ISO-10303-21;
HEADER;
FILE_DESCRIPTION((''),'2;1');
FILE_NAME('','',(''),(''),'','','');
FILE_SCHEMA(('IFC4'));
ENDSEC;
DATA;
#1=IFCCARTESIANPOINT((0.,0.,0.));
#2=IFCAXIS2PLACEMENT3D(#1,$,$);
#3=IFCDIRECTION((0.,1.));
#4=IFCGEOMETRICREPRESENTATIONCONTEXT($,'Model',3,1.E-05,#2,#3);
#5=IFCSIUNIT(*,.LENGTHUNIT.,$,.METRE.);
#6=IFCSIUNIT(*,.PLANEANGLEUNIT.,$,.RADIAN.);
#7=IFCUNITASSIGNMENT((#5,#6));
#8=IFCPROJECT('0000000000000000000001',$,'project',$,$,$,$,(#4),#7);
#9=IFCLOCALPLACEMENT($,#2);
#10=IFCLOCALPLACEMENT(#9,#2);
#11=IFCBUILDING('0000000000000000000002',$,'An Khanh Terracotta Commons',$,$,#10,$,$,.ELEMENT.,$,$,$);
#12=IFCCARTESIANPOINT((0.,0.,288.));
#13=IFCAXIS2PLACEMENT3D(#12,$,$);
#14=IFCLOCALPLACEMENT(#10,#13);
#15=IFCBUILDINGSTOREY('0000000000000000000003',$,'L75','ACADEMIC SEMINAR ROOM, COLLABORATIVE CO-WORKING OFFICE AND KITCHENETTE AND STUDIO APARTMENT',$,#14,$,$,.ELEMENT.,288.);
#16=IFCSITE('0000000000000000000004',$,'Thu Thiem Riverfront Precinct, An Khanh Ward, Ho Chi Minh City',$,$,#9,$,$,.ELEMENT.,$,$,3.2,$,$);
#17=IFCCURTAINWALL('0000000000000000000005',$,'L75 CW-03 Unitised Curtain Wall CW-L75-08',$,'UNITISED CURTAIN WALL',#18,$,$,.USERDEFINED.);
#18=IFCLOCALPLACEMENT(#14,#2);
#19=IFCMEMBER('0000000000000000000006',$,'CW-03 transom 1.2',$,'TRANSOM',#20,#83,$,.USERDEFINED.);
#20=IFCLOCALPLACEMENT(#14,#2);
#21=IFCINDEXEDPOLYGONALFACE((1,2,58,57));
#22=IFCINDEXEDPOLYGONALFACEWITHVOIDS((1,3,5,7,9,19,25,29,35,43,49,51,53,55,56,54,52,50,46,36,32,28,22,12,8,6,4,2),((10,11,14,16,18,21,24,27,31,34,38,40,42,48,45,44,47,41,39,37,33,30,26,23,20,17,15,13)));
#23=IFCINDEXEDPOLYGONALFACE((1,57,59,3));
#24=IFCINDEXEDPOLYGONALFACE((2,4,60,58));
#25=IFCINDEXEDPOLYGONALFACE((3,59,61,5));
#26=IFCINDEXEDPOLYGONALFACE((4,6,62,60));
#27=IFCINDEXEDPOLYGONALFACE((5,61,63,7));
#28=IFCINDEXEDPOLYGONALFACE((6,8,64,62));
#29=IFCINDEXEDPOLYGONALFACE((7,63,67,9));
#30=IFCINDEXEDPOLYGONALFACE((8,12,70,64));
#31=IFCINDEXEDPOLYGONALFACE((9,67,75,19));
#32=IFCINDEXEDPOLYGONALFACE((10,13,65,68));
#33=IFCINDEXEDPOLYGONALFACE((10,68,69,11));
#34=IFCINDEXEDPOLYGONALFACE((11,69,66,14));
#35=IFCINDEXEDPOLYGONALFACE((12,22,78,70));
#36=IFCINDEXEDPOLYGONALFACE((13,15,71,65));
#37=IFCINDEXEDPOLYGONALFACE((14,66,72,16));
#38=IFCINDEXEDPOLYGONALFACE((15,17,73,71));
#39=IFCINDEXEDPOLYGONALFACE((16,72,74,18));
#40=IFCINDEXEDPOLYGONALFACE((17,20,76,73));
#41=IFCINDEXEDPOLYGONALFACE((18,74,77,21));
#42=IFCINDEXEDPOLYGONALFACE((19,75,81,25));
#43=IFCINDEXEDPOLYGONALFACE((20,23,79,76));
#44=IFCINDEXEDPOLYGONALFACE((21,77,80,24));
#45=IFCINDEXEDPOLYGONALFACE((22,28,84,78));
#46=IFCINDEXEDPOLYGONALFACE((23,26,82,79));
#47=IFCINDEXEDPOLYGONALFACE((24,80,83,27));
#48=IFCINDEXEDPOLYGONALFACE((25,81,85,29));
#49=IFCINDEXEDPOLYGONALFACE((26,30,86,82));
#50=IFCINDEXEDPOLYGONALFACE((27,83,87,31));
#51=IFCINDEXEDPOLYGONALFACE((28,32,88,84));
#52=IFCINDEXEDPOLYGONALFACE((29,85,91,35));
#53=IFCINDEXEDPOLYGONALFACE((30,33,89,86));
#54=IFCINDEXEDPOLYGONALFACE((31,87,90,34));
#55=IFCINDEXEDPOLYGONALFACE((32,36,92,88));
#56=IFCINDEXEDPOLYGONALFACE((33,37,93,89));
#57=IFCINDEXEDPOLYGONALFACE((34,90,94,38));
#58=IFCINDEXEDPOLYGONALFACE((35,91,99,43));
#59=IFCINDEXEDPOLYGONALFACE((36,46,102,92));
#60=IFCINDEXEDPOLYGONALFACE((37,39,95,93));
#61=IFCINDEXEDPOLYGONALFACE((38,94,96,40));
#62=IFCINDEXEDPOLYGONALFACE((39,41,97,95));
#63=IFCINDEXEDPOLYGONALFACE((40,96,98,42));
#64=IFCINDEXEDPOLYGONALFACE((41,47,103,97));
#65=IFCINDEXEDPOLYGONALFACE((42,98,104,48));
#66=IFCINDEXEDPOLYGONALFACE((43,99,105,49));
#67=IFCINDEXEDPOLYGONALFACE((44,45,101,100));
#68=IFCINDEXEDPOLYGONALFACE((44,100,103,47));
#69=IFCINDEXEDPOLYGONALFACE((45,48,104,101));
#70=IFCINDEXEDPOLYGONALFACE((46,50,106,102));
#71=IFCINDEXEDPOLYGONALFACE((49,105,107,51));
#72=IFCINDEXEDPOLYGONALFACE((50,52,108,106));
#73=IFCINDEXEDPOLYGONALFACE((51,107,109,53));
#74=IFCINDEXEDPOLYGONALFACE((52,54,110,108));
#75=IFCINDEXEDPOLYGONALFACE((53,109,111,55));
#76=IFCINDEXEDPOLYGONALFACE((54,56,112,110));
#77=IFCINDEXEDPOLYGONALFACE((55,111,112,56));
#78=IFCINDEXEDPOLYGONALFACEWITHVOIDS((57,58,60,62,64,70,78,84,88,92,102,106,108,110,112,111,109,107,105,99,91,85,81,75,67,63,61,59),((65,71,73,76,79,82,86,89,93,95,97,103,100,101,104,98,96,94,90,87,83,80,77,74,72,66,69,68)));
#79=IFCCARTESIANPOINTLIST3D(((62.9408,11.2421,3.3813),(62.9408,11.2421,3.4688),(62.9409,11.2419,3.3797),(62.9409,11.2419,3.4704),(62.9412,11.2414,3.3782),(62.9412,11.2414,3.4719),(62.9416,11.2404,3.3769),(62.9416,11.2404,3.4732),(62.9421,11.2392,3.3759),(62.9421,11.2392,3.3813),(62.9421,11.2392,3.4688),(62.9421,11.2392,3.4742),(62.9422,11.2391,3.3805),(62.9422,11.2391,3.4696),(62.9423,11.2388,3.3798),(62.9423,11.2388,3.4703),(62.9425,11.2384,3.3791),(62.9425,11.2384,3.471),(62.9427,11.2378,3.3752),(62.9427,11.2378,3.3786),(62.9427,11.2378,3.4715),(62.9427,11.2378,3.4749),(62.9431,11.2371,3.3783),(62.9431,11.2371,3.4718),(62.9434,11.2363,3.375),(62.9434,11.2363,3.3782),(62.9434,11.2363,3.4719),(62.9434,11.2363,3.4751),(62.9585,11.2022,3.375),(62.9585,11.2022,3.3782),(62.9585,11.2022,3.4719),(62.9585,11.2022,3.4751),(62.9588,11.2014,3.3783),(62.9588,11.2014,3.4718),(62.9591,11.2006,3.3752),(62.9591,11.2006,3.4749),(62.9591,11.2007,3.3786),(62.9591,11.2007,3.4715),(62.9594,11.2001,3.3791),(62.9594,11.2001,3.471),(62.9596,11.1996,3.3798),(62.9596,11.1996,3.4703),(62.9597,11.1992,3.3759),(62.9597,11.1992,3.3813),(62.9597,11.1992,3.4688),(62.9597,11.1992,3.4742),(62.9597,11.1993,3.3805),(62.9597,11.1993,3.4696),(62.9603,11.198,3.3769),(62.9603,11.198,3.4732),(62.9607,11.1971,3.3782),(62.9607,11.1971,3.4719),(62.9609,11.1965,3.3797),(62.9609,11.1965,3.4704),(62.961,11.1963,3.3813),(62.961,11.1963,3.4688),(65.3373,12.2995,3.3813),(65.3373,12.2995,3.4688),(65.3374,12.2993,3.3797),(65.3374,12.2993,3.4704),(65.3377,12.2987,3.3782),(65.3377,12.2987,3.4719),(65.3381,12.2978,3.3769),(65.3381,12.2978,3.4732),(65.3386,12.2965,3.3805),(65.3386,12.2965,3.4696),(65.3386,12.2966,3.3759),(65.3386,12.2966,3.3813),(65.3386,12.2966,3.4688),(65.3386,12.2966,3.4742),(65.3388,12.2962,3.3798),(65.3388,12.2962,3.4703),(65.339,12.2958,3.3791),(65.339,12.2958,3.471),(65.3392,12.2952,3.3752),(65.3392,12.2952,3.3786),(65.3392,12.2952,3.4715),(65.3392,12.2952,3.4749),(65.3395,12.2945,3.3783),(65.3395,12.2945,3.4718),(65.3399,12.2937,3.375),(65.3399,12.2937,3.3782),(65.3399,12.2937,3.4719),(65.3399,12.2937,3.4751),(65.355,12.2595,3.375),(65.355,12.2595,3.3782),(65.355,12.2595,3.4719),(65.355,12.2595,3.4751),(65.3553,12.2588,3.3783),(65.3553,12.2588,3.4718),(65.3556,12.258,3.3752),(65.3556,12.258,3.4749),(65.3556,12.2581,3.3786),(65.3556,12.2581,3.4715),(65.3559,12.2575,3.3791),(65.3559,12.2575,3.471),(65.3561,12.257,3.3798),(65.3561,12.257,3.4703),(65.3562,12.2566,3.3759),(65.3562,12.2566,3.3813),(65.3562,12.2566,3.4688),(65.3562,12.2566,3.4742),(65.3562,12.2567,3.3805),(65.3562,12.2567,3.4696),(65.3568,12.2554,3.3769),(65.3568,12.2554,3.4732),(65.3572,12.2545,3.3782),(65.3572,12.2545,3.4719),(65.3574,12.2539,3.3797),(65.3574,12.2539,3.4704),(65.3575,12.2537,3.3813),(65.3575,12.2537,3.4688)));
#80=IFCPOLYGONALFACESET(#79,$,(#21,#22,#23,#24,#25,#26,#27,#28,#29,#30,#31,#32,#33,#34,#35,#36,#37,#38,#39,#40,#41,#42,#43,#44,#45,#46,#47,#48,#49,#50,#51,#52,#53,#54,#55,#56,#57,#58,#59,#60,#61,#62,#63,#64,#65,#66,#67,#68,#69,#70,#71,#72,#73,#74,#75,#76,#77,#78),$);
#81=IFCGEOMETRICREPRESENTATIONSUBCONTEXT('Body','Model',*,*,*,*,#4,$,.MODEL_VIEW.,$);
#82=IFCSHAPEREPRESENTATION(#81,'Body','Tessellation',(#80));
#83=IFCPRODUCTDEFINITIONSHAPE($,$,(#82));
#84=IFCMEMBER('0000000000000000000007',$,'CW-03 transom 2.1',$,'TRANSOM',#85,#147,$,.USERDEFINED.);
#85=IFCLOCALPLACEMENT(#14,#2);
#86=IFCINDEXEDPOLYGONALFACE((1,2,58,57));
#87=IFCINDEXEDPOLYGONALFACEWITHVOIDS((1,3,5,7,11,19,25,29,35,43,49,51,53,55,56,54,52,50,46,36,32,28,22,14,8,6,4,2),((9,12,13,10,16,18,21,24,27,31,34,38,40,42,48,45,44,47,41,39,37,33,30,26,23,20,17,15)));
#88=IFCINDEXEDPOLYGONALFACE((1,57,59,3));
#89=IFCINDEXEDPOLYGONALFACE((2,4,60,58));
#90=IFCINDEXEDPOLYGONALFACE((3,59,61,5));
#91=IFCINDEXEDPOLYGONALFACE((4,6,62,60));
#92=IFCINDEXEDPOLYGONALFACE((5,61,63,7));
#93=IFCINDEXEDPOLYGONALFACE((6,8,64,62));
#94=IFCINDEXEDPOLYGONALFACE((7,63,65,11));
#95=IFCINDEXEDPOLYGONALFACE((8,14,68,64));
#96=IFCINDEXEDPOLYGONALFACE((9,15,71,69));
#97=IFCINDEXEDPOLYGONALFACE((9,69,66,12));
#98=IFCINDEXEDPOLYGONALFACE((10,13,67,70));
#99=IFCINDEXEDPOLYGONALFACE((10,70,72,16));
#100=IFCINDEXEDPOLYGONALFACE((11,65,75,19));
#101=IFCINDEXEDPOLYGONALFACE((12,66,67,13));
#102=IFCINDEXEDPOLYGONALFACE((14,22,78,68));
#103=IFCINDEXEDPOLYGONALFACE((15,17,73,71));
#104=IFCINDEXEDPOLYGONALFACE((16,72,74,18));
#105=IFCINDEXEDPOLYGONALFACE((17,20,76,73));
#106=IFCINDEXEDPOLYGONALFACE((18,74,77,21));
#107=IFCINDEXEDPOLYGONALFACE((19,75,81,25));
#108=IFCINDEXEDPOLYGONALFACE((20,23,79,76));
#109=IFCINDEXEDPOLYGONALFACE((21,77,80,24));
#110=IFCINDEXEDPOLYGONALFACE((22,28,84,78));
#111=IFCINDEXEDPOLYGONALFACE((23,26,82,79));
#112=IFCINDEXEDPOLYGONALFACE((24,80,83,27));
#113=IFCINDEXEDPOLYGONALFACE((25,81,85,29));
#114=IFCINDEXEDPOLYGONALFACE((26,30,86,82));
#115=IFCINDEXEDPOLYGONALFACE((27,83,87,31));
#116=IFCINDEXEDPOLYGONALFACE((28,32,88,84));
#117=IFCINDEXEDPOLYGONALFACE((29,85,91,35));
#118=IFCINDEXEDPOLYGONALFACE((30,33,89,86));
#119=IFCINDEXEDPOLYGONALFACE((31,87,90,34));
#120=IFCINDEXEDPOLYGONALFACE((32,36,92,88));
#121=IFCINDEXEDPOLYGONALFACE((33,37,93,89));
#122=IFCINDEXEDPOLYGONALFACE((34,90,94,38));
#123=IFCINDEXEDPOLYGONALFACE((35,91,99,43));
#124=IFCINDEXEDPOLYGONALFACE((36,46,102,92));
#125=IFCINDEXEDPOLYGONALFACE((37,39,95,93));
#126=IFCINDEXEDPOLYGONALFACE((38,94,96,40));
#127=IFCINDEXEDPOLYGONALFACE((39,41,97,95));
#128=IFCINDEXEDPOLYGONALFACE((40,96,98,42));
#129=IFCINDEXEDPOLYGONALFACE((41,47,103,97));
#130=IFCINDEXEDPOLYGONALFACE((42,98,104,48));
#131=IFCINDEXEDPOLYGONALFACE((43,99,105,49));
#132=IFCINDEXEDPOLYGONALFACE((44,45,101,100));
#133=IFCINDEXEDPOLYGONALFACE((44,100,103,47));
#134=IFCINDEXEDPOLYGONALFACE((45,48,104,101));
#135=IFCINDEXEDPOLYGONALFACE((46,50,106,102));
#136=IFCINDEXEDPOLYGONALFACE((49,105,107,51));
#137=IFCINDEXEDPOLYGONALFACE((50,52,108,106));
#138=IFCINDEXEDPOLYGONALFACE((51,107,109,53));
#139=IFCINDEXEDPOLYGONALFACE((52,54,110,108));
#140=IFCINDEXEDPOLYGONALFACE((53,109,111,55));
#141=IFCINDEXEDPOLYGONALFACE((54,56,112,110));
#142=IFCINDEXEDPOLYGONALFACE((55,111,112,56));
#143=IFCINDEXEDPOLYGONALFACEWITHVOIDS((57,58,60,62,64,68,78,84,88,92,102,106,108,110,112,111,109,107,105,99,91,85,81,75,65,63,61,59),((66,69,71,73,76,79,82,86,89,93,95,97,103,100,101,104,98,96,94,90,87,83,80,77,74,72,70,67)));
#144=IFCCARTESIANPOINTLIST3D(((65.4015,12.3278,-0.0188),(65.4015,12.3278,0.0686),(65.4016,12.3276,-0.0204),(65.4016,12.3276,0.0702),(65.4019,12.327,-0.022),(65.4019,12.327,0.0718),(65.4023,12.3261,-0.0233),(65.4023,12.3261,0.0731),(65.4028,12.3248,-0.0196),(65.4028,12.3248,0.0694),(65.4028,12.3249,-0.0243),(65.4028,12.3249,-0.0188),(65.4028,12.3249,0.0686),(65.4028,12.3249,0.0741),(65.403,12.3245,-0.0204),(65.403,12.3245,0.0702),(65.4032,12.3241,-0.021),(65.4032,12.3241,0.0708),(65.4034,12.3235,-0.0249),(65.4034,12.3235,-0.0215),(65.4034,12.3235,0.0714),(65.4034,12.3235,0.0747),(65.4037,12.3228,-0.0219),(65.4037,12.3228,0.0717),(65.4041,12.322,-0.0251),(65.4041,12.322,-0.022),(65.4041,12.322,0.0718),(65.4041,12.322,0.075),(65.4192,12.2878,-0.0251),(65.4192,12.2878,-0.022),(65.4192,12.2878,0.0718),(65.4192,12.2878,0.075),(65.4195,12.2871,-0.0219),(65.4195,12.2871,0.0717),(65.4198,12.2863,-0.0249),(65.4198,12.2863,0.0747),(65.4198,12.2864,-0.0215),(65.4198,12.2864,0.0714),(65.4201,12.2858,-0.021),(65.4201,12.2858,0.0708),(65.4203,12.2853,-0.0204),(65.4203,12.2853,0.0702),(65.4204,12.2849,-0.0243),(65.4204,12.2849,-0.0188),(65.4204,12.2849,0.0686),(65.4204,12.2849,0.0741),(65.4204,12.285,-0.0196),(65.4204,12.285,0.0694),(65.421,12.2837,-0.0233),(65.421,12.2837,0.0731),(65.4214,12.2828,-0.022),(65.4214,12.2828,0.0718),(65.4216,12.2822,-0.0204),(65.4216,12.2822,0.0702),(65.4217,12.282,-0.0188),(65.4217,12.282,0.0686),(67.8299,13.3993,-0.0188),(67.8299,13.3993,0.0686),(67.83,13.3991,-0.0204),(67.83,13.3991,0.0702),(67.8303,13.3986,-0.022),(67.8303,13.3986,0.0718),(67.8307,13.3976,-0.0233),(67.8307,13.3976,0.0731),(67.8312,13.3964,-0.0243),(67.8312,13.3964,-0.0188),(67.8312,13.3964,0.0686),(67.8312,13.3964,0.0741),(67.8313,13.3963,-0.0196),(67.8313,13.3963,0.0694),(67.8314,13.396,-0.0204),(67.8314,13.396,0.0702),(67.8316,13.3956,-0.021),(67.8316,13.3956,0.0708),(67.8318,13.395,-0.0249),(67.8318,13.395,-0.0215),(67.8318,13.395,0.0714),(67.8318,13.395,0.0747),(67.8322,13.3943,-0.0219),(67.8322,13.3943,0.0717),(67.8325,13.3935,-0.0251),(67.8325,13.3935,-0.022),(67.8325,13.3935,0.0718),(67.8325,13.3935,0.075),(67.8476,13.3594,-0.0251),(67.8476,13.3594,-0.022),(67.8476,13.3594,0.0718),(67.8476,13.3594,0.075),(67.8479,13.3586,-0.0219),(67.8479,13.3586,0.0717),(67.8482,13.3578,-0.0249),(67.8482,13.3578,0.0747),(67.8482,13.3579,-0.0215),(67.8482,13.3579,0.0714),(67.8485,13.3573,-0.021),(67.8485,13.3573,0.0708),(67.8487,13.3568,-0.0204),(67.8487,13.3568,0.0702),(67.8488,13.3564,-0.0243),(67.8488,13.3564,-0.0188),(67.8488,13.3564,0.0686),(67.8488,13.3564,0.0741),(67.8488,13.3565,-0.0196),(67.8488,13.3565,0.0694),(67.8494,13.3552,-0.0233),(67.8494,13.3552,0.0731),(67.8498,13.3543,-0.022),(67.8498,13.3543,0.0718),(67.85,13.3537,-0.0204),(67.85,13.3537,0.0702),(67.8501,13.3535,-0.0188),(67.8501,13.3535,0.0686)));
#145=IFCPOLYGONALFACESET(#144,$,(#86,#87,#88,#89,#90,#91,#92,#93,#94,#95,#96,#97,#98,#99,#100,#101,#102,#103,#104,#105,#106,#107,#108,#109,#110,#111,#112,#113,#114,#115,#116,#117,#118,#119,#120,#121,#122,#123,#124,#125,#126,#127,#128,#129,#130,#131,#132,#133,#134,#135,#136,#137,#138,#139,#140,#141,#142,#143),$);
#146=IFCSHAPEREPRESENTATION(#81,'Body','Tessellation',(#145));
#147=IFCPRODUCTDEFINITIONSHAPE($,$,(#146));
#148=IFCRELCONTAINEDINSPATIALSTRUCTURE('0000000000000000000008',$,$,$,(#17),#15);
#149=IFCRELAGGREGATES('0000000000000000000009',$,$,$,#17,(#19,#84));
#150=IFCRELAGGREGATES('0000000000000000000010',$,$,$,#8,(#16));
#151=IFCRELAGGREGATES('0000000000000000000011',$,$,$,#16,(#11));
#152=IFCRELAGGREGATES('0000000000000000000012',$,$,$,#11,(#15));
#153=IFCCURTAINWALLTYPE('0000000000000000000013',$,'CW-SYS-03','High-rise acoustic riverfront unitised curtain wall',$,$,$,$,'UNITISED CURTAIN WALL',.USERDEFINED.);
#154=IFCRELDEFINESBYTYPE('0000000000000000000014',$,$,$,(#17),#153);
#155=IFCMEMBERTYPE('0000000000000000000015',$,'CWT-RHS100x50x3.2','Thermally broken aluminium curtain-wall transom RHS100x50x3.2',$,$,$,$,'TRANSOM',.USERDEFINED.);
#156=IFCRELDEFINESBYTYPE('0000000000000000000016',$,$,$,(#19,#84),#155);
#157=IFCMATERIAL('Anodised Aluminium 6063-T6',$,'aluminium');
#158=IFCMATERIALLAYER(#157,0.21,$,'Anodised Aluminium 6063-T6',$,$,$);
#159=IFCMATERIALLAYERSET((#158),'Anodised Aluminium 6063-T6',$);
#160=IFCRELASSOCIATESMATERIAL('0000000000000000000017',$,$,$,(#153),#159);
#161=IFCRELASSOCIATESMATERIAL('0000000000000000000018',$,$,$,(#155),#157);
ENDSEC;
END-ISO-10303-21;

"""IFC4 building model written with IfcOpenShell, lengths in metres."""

from ifc_helpers import new_model, si_unit, direction, frame, origin, origin_2d, place, context, subcontext, project, spatial, hollow_rectangle, extrude, material, layer, layer_set, material_profile, profile_set, type_object, element, aggregate, save


model = new_model("IFC4")

# Units and contexts
model_context = context("Model", 3, precision=1e-05, world=origin(), true_north=direction((0.0, 1.0)))
body_context = subcontext(model_context, "Body", "Model", "MODEL_VIEW")
ifc_project = project(units=[si_unit("LENGTHUNIT", "METRE"), si_unit("PLANEANGLEUNIT", "RADIAN")], contexts=[model_context])

# Site, building, storey
site_placement = place(None, origin())
site = spatial("IfcSite", under=ifc_project, at=site_placement, Name="Thu Thiem Riverfront Precinct, An Khanh Ward, Ho Chi Minh City", CompositionType="ELEMENT", RefElevation=3.2)
building_placement = place(site_placement, origin())
building = spatial("IfcBuilding", under=site, at=building_placement, Name="An Khanh Terracotta Commons", CompositionType="ELEMENT")
storey_placement = place(building_placement, frame((0.0, 0.0, 288.0)))
storey = spatial("IfcBuildingStorey", under=building, at=storey_placement, Name="L75", Description="ACADEMIC SEMINAR ROOM, COLLABORATIVE CO-WORKING OFFICE AND KITCHENETTE AND STUDIO APARTMENT", CompositionType="ELEMENT", Elevation=288.0)

# Curtain wall, members
ifc_material_1 = material(Name="Anodised Aluminium 6063-T6", Category="aluminium")
ifc_layer_1 = layer(ifc_material_1, 0.21, Name="Anodised Aluminium 6063-T6")
ifc_layer_set_1 = layer_set([ifc_layer_1], Name="Anodised Aluminium 6063-T6")
curtain_wall_type = type_object("IfcCurtainWallType", Name="CW-SYS-03", Description="High-rise acoustic riverfront unitised curtain wall", ElementType="UNITISED CURTAIN WALL", PredefinedType="USERDEFINED", material=ifc_layer_set_1)
curtain_wall_placement = place(storey_placement, origin())
curtain_wall = element("IfcCurtainWall", 1, at=curtain_wall_placement, inside=storey, type_object=curtain_wall_type, Name="L75 CW-03 Unitised Curtain Wall CW-L75-08", ObjectType="UNITISED CURTAIN WALL", PredefinedType="USERDEFINED")
ifc_material_profile_1 = material_profile(ifc_material_1, hollow_rectangle(XDim=0.05, YDim=0.1001, WallThickness=0.0032, InnerFilletRadius=0.0032, OuterFilletRadius=0.0063, at=origin_2d()), Name="RHS100x50x3.2")
ifc_profile_set_1 = profile_set([ifc_material_profile_1], Name="Anodised Aluminium 6063-T6")
member_type_1 = type_object("IfcMemberType", Name="CWT-RHS100x50x3.2", Description="Thermally broken aluminium curtain-wall transom RHS100x50x3.2", ElementType="TRANSOM", PredefinedType="USERDEFINED", material=ifc_profile_set_1)
member_1_placement = place(storey_placement, frame((62.9509, 11.2192, 3.425), z_axis=(0.914904, 0.403672, 0.0), x_axis=(-0.403672, 0.914904, 0.0)))
member_1 = element("IfcMember", 2, at=member_1_placement, type_object=member_type_1, Name="CW-03 transom 1.2", ObjectType="TRANSOM", PredefinedType="USERDEFINED", context=body_context, shape_type="SweptSolid", body=[
    extrude(hollow_rectangle(XDim=0.05, YDim=0.1001, WallThickness=0.0032, InnerFilletRadius=0.0032, OuterFilletRadius=0.0063, at=origin_2d()), origin(), (0.0, 0.0, 1.0), 2.6194),
])
member_2_placement = place(storey_placement, frame((65.4116, 12.3049, 0.0249), z_axis=(0.914897, 0.403688, 0.0), x_axis=(-0.403688, 0.914897, 0.0)))
member_2 = element("IfcMember", 3, at=member_2_placement, type_object=member_type_1, Name="CW-03 transom 2.1", ObjectType="TRANSOM", PredefinedType="USERDEFINED", context=body_context, shape_type="SweptSolid", body=[
    extrude(hollow_rectangle(XDim=0.05, YDim=0.1001, WallThickness=0.0032, InnerFilletRadius=0.0032, OuterFilletRadius=0.0063, at=origin_2d()), origin(), (0.0, 0.0, 1.0), 2.6543),
])
aggregate(curtain_wall, [member_1, member_2])

save(model, "model.ifc")
